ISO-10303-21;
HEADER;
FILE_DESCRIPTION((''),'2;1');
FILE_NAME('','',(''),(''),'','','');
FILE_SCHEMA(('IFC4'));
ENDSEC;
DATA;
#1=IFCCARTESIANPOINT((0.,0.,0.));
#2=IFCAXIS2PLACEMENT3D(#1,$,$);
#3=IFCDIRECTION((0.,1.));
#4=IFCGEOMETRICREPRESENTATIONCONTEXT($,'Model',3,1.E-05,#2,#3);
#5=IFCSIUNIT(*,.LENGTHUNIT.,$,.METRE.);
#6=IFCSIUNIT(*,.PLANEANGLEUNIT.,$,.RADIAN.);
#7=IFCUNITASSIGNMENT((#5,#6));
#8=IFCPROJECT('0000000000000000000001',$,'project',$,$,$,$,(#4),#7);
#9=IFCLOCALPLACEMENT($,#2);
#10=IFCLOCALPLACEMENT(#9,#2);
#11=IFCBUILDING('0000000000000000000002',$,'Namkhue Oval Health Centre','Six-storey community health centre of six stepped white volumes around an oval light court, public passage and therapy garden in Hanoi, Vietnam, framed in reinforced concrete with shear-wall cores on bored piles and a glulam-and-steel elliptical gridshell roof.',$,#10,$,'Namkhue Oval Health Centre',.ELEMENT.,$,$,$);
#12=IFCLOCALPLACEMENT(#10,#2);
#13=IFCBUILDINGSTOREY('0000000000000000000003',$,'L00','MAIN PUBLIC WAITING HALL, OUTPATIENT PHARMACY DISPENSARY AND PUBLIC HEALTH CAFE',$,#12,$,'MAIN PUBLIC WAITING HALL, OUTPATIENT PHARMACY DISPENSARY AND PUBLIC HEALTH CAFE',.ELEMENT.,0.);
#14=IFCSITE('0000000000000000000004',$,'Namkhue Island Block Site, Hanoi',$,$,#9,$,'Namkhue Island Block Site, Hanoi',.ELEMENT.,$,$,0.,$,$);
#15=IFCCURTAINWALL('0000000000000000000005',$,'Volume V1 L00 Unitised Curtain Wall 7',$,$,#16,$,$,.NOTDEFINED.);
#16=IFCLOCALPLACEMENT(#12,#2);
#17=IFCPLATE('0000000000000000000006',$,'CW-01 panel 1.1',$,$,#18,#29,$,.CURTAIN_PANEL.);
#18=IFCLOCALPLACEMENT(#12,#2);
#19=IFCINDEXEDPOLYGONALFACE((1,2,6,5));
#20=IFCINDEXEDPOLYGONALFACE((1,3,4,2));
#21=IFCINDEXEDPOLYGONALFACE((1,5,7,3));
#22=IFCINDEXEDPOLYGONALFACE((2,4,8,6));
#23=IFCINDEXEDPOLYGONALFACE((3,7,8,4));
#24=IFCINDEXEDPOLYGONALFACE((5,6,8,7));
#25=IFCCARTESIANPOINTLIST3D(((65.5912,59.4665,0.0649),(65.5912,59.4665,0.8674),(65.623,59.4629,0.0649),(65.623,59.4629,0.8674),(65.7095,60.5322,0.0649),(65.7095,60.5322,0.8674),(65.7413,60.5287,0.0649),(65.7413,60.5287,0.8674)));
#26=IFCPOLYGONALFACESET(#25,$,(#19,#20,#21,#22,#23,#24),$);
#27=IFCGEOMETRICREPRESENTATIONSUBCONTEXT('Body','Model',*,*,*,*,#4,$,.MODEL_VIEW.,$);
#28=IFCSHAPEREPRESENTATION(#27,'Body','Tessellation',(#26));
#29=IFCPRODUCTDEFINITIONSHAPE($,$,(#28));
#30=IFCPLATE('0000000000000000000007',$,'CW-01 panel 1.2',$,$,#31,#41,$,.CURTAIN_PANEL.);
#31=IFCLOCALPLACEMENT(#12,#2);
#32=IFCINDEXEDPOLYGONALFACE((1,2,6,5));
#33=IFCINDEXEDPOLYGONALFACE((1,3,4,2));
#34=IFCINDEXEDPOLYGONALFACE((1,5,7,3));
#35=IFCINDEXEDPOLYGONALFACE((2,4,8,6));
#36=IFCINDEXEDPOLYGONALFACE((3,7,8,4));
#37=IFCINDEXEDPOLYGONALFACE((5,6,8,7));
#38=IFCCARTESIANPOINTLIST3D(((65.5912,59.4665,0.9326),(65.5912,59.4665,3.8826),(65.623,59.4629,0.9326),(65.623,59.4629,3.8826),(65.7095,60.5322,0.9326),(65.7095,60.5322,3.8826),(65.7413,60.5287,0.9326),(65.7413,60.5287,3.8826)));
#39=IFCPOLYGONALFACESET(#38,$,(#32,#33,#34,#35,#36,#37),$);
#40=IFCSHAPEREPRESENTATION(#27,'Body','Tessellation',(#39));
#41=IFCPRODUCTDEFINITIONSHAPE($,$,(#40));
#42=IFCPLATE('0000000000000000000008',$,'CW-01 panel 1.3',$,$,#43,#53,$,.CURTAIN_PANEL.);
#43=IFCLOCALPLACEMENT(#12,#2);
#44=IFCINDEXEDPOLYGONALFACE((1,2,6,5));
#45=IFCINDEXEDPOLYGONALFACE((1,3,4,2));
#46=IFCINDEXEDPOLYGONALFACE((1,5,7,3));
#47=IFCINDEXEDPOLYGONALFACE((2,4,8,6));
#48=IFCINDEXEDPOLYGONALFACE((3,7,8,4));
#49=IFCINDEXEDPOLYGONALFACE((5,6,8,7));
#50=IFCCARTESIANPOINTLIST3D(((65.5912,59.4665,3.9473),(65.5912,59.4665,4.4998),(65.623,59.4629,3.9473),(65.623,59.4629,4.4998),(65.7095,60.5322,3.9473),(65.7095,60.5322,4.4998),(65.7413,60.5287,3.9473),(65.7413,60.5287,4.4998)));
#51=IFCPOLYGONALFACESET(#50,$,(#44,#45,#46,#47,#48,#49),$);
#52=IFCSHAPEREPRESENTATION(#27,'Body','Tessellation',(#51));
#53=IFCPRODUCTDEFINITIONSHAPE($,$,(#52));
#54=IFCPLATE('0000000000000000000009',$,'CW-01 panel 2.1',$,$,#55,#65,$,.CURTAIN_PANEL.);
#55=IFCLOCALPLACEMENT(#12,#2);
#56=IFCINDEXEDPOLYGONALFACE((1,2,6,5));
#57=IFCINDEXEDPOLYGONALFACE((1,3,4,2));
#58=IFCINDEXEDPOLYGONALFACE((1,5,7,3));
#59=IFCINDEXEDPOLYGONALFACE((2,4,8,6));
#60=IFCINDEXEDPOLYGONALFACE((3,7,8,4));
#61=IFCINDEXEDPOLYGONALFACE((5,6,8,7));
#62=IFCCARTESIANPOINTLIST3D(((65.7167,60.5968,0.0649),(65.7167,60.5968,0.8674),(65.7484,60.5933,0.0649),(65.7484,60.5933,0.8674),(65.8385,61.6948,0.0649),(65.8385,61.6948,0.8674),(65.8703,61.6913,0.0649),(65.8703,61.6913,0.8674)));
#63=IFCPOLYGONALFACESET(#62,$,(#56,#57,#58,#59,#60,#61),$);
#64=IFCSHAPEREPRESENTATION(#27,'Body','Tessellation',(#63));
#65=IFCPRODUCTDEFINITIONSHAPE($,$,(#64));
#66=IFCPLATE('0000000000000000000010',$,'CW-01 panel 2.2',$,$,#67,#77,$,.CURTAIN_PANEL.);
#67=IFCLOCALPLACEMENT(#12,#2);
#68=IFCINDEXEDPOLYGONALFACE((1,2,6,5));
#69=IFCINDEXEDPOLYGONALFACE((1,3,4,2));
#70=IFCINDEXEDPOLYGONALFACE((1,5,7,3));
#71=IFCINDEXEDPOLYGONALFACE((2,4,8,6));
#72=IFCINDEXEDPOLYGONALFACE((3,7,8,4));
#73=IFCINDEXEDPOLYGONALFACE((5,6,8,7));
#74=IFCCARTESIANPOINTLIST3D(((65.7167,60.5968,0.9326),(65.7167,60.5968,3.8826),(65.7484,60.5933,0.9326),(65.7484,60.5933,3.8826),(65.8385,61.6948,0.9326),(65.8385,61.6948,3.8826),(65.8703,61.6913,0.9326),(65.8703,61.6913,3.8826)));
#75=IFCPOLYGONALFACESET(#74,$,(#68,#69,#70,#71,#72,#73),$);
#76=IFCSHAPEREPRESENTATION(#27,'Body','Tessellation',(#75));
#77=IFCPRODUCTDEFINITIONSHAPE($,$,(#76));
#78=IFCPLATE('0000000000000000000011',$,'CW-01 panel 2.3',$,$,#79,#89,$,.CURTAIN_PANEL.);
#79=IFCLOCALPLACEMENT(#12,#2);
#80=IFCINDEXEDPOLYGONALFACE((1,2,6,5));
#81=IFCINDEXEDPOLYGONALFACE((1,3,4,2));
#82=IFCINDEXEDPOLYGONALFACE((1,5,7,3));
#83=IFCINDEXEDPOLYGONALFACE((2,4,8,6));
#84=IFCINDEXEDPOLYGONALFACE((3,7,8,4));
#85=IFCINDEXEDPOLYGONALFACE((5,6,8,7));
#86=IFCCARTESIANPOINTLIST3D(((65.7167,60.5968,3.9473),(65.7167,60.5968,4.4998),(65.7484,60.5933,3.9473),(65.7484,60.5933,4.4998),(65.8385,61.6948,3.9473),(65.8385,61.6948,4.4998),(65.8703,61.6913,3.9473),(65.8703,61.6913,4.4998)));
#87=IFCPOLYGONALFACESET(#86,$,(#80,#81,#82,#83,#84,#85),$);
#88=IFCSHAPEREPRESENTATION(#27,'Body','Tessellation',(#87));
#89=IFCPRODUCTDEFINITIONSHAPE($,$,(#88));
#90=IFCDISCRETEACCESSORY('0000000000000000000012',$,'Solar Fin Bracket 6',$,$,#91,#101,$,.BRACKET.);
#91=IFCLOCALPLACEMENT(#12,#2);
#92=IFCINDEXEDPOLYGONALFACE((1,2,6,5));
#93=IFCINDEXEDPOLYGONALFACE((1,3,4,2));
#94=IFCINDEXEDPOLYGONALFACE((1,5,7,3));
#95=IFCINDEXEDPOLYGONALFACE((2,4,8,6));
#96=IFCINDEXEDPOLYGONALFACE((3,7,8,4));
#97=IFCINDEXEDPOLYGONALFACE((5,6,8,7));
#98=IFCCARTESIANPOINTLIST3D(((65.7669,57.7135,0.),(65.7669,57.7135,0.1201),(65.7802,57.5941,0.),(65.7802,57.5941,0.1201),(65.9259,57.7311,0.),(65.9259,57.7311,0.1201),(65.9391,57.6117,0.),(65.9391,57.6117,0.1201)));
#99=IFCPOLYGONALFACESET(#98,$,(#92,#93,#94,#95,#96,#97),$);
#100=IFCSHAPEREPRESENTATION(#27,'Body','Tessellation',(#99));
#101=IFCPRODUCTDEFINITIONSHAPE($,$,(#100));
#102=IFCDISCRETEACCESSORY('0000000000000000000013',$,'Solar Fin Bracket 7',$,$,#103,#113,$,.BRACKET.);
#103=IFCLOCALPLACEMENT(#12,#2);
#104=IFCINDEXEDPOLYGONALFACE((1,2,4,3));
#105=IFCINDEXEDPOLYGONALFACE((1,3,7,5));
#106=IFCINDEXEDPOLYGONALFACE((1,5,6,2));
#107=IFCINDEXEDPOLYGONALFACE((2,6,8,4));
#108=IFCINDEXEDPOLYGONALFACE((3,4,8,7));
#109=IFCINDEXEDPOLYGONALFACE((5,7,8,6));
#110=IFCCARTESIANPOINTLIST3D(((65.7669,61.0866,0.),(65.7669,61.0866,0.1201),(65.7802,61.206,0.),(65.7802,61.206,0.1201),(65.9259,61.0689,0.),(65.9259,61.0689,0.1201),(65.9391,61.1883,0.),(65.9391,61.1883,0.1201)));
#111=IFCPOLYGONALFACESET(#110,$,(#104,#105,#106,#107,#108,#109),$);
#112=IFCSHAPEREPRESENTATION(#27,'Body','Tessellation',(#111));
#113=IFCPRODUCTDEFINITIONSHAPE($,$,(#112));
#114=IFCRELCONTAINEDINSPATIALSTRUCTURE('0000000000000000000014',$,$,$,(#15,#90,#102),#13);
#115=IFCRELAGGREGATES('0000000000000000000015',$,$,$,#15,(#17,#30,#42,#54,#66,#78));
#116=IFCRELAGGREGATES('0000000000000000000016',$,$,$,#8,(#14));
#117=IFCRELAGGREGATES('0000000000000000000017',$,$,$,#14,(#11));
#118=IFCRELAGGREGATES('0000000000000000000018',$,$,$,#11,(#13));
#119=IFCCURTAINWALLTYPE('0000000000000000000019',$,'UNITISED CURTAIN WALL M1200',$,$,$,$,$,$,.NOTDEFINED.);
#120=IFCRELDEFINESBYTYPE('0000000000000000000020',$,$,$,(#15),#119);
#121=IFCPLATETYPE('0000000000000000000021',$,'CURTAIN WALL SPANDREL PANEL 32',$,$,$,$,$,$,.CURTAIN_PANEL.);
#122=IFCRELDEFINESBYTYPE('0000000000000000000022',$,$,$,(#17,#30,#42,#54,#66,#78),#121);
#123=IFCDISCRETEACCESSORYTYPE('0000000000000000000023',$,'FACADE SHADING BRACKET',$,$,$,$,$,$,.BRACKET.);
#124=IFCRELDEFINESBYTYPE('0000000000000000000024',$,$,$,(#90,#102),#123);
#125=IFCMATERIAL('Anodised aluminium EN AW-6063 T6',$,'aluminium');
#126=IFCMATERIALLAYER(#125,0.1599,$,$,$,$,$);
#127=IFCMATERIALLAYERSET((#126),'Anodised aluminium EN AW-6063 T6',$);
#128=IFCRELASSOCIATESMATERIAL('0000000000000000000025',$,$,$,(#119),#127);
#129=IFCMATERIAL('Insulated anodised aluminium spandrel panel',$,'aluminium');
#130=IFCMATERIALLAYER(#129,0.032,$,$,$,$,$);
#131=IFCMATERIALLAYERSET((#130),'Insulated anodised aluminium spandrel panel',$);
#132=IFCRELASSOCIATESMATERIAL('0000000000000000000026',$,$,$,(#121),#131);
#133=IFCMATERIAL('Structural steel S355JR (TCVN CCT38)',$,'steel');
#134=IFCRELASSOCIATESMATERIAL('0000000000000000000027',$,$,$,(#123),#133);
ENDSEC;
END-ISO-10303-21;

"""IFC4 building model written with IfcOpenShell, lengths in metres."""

from ifc_helpers import new_model, si_unit, direction, frame, origin, origin_2d, place, context, subcontext, project, spatial, rectangle, extrude, material, layer, layer_set, type_object, element, aggregate, save


model = new_model("IFC4")

# Units and contexts
model_context = context("Model", 3, precision=1e-05, world=origin(), true_north=direction((0.0, 1.0)))
body_context = subcontext(model_context, "Body", "Model", "MODEL_VIEW")
ifc_project = project(units=[si_unit("LENGTHUNIT", "METRE"), si_unit("PLANEANGLEUNIT", "RADIAN")], contexts=[model_context])

# Site, building, storey
site_placement = place(None, origin())
site = spatial("IfcSite", under=ifc_project, at=site_placement, Name="Namkhue Island Block Site, Hanoi", LongName="Namkhue Island Block Site, Hanoi", CompositionType="ELEMENT", RefElevation=0.0)
building_placement = place(site_placement, origin())
building = spatial("IfcBuilding", under=site, at=building_placement, Name="Namkhue Oval Health Centre", Description="Six-storey community health centre of six stepped white volumes around an oval light court, public passage and therapy garden in Hanoi, Vietnam, framed in reinforced concrete with shear-wall cores on bored piles and a glulam-and-steel elliptical gridshell roof.", LongName="Namkhue Oval Health Centre", CompositionType="ELEMENT")
storey_placement = place(building_placement, origin())
storey = spatial("IfcBuildingStorey", under=building, at=storey_placement, Name="L00", Description="MAIN PUBLIC WAITING HALL, OUTPATIENT PHARMACY DISPENSARY AND PUBLIC HEALTH CAFE", LongName="MAIN PUBLIC WAITING HALL, OUTPATIENT PHARMACY DISPENSARY AND PUBLIC HEALTH CAFE", CompositionType="ELEMENT", Elevation=0.0)

# Curtain wall
ifc_material_1 = material(Name="Anodised aluminium EN AW-6063 T6", Category="aluminium")
ifc_layer_1 = layer(ifc_material_1, 0.1599)
ifc_layer_set_1 = layer_set([ifc_layer_1], Name="Anodised aluminium EN AW-6063 T6")
curtain_wall_type_1 = type_object("IfcCurtainWallType", Name="UNITISED CURTAIN WALL M1200", PredefinedType="NOTDEFINED", material=ifc_layer_set_1)
curtain_wall_1_placement = place(storey_placement, origin())
curtain_wall_1 = element("IfcCurtainWall", 1, at=curtain_wall_1_placement, inside=storey, type_object=curtain_wall_type_1, Name="Volume V1 L00 Unitised Curtain Wall 7", PredefinedType="NOTDEFINED")

# Plates
ifc_material_2 = material(Name="Insulated anodised aluminium spandrel panel", Category="aluminium")
ifc_layer_2 = layer(ifc_material_2, 0.032)
ifc_layer_set_2 = layer_set([ifc_layer_2], Name="Insulated anodised aluminium spandrel panel")
plate_type_1 = type_object("IfcPlateType", Name="CURTAIN WALL SPANDREL PANEL 32", PredefinedType="CURTAIN_PANEL", material=ifc_layer_set_2)
plate_1_placement = place(storey_placement, frame((65.6663, 59.9976, 0.0649), z_axis=(0.0, 0.0, 1.0), x_axis=(0.110275, 0.993901, 0.0)))
plate_1 = element("IfcPlate", 2, at=plate_1_placement, type_object=plate_type_1, Name="CW-01 panel 1.1", PredefinedType="CURTAIN_PANEL", context=body_context, shape_type="SweptSolid", body=[
    extrude(rectangle(XDim=1.0723, YDim=0.032, at=origin_2d()), origin(), (0.0, 0.0, 1.0), 0.8025),
])
plate_2_placement = place(storey_placement, frame((65.6663, 59.9976, 0.9326), z_axis=(0.0, 0.0, 1.0), x_axis=(0.110275, 0.993901, 0.0)))
plate_2 = element("IfcPlate", 3, at=plate_2_placement, type_object=plate_type_1, Name="CW-01 panel 1.2", PredefinedType="CURTAIN_PANEL", context=body_context, shape_type="SweptSolid", body=[
    extrude(rectangle(XDim=1.0723, YDim=0.032, at=origin_2d()), origin(), (0.0, 0.0, 1.0), 2.95),
])
plate_3_placement = place(storey_placement, frame((65.6663, 59.9976, 3.9473), z_axis=(0.0, 0.0, 1.0), x_axis=(0.110275, 0.993901, 0.0)))
plate_3 = element("IfcPlate", 4, at=plate_3_placement, type_object=plate_type_1, Name="CW-01 panel 1.3", PredefinedType="CURTAIN_PANEL", context=body_context, shape_type="SweptSolid", body=[
    extrude(rectangle(XDim=1.0723, YDim=0.032, at=origin_2d()), origin(), (0.0, 0.0, 1.0), 0.5525),
])
plate_4_placement = place(storey_placement, frame((65.7935, 61.144, 0.0649), z_axis=(0.0, 0.0, 1.0), x_axis=(0.110275, 0.993901, 0.0)))
plate_4 = element("IfcPlate", 5, at=plate_4_placement, type_object=plate_type_1, Name="CW-01 panel 2.1", PredefinedType="CURTAIN_PANEL", context=body_context, shape_type="SweptSolid", body=[
    extrude(rectangle(XDim=1.1047, YDim=0.032, at=origin_2d()), origin(), (0.0, 0.0, 1.0), 0.8025),
])
plate_5_placement = place(storey_placement, frame((65.7935, 61.144, 0.9326), z_axis=(0.0, 0.0, 1.0), x_axis=(0.110275, 0.993901, 0.0)))
plate_5 = element("IfcPlate", 6, at=plate_5_placement, type_object=plate_type_1, Name="CW-01 panel 2.2", PredefinedType="CURTAIN_PANEL", context=body_context, shape_type="SweptSolid", body=[
    extrude(rectangle(XDim=1.1047, YDim=0.032, at=origin_2d()), origin(), (0.0, 0.0, 1.0), 2.95),
])
plate_6_placement = place(storey_placement, frame((65.7935, 61.144, 3.9473), z_axis=(0.0, 0.0, 1.0), x_axis=(0.110275, 0.993901, 0.0)))
plate_6 = element("IfcPlate", 7, at=plate_6_placement, type_object=plate_type_1, Name="CW-01 panel 2.3", PredefinedType="CURTAIN_PANEL", context=body_context, shape_type="SweptSolid", body=[
    extrude(rectangle(XDim=1.1047, YDim=0.032, at=origin_2d()), origin(), (0.0, 0.0, 1.0), 0.5525),
])
aggregate(curtain_wall_1, [plate_1, plate_2, plate_3, plate_4, plate_5, plate_6])

# Discrete accessories
ifc_material_3 = material(Name="Structural steel S355JR (TCVN CCT38)", Category="steel")
discrete_accessory_type = type_object("IfcDiscreteAccessoryType", Name="FACADE SHADING BRACKET", PredefinedType="BRACKET", material=ifc_material_3)
for number, where, z_axis, x_axis, name in (
    (8, (65.853, 57.6626, 0.0), (0.0, 0.0, 1.0), (0.993903, 0.110255, 0.0), "Solar Fin Bracket 6"),
    (9, (65.853, 61.1375, 0.0), (0.0, 0.0, 1.0), (0.993903, -0.110255, 0.0), "Solar Fin Bracket 7"),
):
    element("IfcDiscreteAccessory", number, at=place(storey_placement, frame(where, z_axis=z_axis, x_axis=x_axis)), inside=storey, type_object=discrete_accessory_type, Name=name, PredefinedType="BRACKET", context=body_context, shape_type="SweptSolid", body=[
        extrude(rectangle(XDim=0.1599, YDim=0.1201, at=origin_2d()), origin(), (0.0, 0.0, 1.0), 0.1201),
    ])

save(model, "model.ifc")
